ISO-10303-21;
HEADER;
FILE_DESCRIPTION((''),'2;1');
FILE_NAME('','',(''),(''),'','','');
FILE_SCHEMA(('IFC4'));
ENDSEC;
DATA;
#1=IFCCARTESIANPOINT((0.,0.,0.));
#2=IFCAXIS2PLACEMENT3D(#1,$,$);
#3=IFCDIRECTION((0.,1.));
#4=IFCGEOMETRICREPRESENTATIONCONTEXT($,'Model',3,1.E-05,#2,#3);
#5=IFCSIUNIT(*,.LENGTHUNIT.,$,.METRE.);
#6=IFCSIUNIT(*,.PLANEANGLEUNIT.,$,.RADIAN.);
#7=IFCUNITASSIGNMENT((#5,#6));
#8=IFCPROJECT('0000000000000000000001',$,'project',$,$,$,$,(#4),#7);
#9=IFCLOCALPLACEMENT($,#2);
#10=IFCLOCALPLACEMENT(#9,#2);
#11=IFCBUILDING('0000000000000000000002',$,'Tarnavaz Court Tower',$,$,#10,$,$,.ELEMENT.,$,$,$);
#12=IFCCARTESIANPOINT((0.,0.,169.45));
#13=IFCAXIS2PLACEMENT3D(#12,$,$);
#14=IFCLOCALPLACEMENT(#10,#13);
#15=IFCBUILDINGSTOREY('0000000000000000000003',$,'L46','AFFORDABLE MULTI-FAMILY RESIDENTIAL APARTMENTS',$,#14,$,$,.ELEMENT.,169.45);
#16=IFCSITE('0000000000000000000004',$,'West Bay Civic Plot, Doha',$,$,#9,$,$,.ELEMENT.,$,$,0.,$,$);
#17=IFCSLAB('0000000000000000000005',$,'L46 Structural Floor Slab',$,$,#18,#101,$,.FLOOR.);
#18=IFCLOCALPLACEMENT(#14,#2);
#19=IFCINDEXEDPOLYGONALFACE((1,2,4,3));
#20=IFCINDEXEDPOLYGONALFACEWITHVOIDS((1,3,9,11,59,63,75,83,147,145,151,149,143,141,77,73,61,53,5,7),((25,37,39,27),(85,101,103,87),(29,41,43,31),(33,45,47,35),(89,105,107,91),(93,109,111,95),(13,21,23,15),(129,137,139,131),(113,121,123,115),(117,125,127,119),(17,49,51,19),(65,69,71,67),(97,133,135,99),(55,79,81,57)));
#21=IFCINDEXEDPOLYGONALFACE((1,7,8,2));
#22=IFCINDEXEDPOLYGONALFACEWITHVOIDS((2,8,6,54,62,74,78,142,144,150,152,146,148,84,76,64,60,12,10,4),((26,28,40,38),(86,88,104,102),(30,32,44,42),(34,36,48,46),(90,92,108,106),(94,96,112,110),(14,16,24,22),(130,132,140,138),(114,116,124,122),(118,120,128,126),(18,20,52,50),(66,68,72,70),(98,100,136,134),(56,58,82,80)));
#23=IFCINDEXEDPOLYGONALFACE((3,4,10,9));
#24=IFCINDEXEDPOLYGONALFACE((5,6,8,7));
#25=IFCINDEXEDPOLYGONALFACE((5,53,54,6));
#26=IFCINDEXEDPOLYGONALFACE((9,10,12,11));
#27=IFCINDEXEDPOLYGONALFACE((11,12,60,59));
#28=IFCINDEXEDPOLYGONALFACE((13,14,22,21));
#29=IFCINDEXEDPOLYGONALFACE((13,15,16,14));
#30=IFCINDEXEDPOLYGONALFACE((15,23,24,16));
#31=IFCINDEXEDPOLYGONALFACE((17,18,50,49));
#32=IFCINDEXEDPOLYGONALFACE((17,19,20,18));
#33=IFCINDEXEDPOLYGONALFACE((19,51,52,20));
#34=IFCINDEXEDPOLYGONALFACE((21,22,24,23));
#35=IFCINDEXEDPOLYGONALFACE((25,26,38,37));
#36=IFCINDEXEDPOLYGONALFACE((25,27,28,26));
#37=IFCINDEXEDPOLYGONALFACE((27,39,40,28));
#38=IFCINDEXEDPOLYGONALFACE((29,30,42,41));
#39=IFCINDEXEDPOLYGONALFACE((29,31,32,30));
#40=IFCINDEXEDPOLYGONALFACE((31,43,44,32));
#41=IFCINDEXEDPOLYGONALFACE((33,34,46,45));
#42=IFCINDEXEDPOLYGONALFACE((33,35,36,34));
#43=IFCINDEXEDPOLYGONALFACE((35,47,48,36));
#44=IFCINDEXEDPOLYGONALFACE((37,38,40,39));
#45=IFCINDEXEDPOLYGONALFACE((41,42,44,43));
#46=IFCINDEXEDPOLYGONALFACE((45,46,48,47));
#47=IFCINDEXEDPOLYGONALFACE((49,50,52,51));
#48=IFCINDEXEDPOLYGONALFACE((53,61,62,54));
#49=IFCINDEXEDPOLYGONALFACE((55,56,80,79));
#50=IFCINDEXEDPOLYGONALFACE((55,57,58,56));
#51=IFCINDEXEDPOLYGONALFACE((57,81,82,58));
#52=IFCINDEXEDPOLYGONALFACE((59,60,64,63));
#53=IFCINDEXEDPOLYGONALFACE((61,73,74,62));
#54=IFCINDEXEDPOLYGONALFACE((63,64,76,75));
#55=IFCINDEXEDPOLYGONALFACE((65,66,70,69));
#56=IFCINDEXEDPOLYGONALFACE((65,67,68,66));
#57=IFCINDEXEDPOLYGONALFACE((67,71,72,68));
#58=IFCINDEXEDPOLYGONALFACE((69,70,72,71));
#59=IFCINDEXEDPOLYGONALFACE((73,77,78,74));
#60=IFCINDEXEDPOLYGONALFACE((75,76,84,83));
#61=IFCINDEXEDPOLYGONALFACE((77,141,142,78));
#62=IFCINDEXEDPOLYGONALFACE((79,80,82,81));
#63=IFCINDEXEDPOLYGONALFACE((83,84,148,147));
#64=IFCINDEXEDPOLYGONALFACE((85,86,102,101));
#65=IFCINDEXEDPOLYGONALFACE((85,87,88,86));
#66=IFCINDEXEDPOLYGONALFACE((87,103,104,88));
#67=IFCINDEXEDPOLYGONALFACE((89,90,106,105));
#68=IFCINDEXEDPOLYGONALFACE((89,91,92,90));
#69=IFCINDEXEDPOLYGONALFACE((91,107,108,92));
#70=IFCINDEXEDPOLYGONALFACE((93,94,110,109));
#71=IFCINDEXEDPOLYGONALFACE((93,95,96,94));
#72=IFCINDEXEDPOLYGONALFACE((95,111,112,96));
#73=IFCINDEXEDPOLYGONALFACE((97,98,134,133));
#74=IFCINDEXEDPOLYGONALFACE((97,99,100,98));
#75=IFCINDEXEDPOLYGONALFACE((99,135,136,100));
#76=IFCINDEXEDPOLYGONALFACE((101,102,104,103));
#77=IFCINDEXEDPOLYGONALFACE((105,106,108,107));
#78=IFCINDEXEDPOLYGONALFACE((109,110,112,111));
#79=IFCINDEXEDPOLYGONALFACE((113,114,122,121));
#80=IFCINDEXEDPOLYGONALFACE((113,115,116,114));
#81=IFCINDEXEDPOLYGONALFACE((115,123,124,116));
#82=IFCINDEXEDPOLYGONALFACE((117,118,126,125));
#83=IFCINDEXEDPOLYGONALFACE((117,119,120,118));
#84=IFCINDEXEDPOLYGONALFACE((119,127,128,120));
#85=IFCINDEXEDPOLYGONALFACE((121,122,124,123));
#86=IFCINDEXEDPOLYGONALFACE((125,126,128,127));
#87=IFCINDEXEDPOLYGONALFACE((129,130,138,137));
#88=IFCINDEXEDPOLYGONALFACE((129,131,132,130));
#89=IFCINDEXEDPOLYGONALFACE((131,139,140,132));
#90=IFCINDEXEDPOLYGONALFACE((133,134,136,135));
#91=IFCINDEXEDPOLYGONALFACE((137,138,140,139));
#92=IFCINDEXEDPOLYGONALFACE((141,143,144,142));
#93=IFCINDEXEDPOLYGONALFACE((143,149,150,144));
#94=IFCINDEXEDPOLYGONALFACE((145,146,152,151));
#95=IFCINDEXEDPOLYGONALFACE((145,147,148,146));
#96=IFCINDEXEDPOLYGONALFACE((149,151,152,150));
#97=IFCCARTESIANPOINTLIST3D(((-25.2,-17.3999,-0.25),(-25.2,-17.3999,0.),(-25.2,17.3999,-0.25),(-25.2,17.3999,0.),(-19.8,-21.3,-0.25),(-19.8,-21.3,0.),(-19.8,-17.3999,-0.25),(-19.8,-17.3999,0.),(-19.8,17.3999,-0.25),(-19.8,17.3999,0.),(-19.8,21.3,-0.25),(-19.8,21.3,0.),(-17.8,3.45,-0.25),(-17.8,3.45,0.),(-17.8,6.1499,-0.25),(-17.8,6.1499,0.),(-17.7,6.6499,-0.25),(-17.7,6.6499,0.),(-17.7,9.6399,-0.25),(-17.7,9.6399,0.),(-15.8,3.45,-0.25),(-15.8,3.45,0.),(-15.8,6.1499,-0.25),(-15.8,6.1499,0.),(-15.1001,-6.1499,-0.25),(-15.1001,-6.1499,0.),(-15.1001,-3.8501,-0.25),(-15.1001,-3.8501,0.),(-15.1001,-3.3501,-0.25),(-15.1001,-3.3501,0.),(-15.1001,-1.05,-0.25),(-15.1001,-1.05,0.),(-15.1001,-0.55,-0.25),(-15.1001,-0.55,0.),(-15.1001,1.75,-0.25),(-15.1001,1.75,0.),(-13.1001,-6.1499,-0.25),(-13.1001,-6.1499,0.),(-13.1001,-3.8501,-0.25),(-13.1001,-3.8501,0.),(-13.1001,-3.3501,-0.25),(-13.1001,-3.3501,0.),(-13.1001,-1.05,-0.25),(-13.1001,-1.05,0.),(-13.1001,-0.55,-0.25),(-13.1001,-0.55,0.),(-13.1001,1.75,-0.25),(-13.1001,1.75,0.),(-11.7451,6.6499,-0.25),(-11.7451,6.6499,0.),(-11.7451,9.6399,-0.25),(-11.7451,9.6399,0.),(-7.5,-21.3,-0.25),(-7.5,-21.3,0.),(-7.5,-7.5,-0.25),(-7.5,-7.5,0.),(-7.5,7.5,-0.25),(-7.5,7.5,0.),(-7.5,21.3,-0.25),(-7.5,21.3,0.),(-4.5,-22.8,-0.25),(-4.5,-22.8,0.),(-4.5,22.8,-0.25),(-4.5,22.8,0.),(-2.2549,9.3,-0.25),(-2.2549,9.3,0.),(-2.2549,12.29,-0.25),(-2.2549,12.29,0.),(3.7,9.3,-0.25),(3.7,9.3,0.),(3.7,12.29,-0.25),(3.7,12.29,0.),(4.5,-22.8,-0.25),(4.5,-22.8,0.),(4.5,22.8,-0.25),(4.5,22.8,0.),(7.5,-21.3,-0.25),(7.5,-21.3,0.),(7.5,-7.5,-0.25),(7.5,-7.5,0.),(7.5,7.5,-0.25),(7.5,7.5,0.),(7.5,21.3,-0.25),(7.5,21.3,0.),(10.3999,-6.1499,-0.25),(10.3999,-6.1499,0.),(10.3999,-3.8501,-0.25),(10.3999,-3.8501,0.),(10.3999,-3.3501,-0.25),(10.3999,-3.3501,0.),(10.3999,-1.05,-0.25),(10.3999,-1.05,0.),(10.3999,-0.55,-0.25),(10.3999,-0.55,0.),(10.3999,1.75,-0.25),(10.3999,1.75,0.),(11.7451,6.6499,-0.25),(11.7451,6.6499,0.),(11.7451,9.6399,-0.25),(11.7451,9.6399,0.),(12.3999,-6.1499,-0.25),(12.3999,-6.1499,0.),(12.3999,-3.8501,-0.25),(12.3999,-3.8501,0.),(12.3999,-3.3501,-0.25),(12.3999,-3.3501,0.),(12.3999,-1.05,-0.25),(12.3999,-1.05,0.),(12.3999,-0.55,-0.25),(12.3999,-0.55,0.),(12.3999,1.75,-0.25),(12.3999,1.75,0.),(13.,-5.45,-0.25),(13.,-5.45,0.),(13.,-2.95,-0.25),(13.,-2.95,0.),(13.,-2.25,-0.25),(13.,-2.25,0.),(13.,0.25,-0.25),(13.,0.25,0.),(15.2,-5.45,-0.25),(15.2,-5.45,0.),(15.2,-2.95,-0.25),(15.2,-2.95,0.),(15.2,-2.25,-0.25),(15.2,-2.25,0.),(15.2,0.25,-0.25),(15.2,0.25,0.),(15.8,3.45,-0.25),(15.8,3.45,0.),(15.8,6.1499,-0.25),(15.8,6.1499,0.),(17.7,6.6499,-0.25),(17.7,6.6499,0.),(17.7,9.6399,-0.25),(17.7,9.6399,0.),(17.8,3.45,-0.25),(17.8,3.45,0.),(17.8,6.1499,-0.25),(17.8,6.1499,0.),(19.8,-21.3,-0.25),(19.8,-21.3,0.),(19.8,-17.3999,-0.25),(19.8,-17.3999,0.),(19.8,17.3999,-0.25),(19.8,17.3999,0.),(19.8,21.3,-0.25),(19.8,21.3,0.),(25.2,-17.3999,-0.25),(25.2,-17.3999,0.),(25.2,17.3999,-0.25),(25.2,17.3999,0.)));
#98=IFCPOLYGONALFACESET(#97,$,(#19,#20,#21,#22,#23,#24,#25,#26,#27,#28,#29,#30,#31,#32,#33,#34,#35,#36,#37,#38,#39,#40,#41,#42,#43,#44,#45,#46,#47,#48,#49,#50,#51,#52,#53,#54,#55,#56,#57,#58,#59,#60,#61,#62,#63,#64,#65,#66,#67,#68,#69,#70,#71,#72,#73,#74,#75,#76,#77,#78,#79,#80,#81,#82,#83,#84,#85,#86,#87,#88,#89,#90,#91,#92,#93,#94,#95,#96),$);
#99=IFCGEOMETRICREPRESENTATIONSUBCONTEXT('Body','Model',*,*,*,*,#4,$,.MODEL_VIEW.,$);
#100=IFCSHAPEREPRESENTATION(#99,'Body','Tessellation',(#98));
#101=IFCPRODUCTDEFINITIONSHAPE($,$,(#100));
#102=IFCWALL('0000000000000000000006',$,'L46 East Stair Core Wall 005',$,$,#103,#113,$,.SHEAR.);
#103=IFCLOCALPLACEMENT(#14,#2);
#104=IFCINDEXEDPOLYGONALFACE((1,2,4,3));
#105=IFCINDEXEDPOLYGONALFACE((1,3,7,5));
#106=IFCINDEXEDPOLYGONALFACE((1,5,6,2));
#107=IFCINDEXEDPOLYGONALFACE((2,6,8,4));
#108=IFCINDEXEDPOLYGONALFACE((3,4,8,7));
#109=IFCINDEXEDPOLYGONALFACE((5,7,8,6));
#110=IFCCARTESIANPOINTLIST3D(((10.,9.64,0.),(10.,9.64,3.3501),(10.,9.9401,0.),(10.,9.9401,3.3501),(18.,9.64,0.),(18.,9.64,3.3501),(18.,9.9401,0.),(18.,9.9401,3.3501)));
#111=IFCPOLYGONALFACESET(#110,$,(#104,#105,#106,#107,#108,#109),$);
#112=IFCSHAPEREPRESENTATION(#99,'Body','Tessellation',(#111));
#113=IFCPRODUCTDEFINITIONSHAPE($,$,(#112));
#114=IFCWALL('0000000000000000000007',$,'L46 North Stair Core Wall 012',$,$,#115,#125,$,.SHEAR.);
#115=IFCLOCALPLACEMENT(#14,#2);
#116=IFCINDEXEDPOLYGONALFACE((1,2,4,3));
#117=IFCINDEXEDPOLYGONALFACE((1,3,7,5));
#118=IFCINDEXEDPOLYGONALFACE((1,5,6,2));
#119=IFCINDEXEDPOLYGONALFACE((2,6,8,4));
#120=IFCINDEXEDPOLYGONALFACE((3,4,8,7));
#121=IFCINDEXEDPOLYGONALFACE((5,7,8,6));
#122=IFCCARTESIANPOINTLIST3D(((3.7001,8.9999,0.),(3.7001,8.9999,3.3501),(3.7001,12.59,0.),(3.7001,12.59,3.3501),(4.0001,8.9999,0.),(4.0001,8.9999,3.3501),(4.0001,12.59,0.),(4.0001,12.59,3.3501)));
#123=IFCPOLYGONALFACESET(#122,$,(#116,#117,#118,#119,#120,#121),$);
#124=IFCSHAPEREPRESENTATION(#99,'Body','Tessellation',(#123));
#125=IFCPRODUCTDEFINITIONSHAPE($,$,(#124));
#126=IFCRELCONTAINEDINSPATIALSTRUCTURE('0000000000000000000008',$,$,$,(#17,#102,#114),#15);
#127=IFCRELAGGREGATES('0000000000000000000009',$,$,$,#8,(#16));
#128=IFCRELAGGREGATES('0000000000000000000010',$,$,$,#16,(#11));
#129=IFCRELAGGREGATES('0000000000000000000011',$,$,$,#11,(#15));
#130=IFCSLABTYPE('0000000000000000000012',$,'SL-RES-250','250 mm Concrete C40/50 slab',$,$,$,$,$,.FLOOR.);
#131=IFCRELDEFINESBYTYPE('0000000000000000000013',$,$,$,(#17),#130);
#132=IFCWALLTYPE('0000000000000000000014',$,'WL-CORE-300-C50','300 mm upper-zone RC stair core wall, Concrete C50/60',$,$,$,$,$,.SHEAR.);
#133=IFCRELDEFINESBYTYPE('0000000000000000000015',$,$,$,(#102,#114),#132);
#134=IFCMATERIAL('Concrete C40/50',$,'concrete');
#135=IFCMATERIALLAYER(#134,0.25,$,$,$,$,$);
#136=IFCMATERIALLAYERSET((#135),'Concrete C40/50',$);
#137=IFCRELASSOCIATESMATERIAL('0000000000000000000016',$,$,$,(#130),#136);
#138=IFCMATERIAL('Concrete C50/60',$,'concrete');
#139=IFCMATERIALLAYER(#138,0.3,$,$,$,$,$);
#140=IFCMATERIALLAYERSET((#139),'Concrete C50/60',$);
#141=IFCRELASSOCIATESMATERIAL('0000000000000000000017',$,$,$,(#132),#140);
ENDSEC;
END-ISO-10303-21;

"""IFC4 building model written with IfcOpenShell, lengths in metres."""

from ifc_helpers import new_model, si_unit, direction, frame, frame_2d, origin, place, context, subcontext, project, spatial, polyline, rectangle, outline, extrude, material, layer, layer_set, type_object, element, save


model = new_model("IFC4")

# Units and contexts
model_context = context("Model", 3, precision=1e-05, world=origin(), true_north=direction((0.0, 1.0)))
body_context = subcontext(model_context, "Body", "Model", "MODEL_VIEW")
ifc_project = project(units=[si_unit("LENGTHUNIT", "METRE"), si_unit("PLANEANGLEUNIT", "RADIAN")], contexts=[model_context])

# Site, building, storey
site_placement = place(None, origin())
site = spatial("IfcSite", under=ifc_project, at=site_placement, Name="West Bay Civic Plot, Doha", CompositionType="ELEMENT", RefElevation=0.0)
building_placement = place(site_placement, origin())
building = spatial("IfcBuilding", under=site, at=building_placement, Name="Tarnavaz Court Tower", CompositionType="ELEMENT")
storey_placement = place(building_placement, frame((0.0, 0.0, 169.45)))
storey = spatial("IfcBuildingStorey", under=building, at=storey_placement, Name="L46", Description="AFFORDABLE MULTI-FAMILY RESIDENTIAL APARTMENTS", CompositionType="ELEMENT", Elevation=169.45)

# Shared definitions
ifc_material_1 = material(Name="Concrete C40/50", Category="concrete")

# Slab
ifc_layer_1 = layer(ifc_material_1, 0.25)
ifc_layer_set_1 = layer_set([ifc_layer_1], Name="Concrete C40/50")
slab_type_1 = type_object("IfcSlabType", Name="SL-RES-250", Description="250 mm Concrete C40/50 slab", PredefinedType="FLOOR", material=ifc_layer_set_1)
slab_1_placement = place(storey_placement, frame((0.0, 0.0, -0.25)))
element("IfcSlab", 1, at=slab_1_placement, inside=storey, type_object=slab_type_1, Name="L46 Structural Floor Slab", PredefinedType="FLOOR", context=body_context, shape_type="SweptSolid", body=[
    extrude(outline(polyline([(-19.8, -21.3), (-7.5, -21.3), (-4.5, -22.8), (4.5, -22.8), (7.5, -21.3), (19.8, -21.3), (19.8, -17.3999), (25.2, -17.3999), (25.2, 17.3999), (19.8, 17.3999), (19.8, 21.3), (7.5, 21.3), (4.5, 22.8), (-4.5, 22.8), (-7.5, 21.3), (-19.8, 21.3), (-19.8, 17.3999), (-25.2, 17.3999), (-25.2, -17.3999), (-19.8, -17.3999), (-19.8, -21.3)]), holes=[polyline([(-7.5, -7.5), (7.5, -7.5), (7.5, 7.5), (-7.5, 7.5), (-7.5, -7.5)]), polyline([(-11.7451, 9.6399), (-17.7, 9.6399), (-17.7, 6.6499), (-11.7451, 6.6499), (-11.7451, 9.6399)]), polyline([(11.7451, 6.6499), (17.7, 6.6499), (17.7, 9.6399), (11.7451, 9.6399), (11.7451, 6.6499)]), polyline([(-2.2549, 9.3), (3.7, 9.3), (3.7, 12.29), (-2.2549, 12.29), (-2.2549, 9.3)]), polyline([(-17.8, 3.45), (-15.8, 3.45), (-15.8, 6.1499), (-17.8, 6.1499), (-17.8, 3.45)]), polyline([(-15.1001, -6.1499), (-13.1001, -6.1499), (-13.1001, -3.8501), (-15.1001, -3.8501), (-15.1001, -6.1499)]), polyline([(-15.1001, -3.3501), (-13.1001, -3.3501), (-13.1001, -1.05), (-15.1001, -1.05), (-15.1001, -3.3501)]), polyline([(-15.1001, -0.55), (-13.1001, -0.55), (-13.1001, 1.75), (-15.1001, 1.75), (-15.1001, -0.55)]), polyline([(15.8, 3.45), (17.8, 3.45), (17.8, 6.1499), (15.8, 6.1499), (15.8, 3.45)]), polyline([(10.3999, -6.1499), (12.3999, -6.1499), (12.3999, -3.8501), (10.3999, -3.8501), (10.3999, -6.1499)]), polyline([(10.3999, -3.3501), (12.3999, -3.3501), (12.3999, -1.05), (10.3999, -1.05), (10.3999, -3.3501)]), polyline([(10.3999, -0.55), (12.3999, -0.55), (12.3999, 1.75), (10.3999, 1.75), (10.3999, -0.55)]), polyline([(13.0, -5.45), (15.2, -5.45), (15.2, -2.95), (13.0, -2.95), (13.0, -5.45)]), polyline([(13.0, -2.25), (15.2, -2.25), (15.2, 0.25), (13.0, 0.25), (13.0, -2.25)])]), origin(), (0.0, 0.0, 1.0), 0.25),
])

# Wall
ifc_material_2 = material(Name="Concrete C50/60", Category="concrete")
ifc_layer_2 = layer(ifc_material_2, 0.3)
ifc_layer_set_2 = layer_set([ifc_layer_2], Name="Concrete C50/60")
wall_type_1 = type_object("IfcWallType", Name="WL-CORE-300-C50", Description="300 mm upper-zone RC stair core wall, Concrete C50/60", PredefinedType="SHEAR", material=ifc_layer_set_2)
wall_1_placement = place(storey_placement, frame((10.0, 9.79, 0.0), z_axis=(0.0, 0.0, 1.0), x_axis=(1.0, 0.0, 0.0)))
element("IfcWall", 2, at=wall_1_placement, inside=storey, type_object=wall_type_1, Name="L46 East Stair Core Wall 005", PredefinedType="SHEAR", context=body_context, shape_type="SweptSolid", body=[
    extrude(rectangle(XDim=8.0, YDim=0.3, at=frame_2d((4.0, 0.0))), origin(), (0.0, 0.0, 1.0), 3.3501),
])

# Wall
wall_2_placement = place(storey_placement, frame((3.8501, 9.0, 0.0), z_axis=(0.0, 0.0, 1.0), x_axis=(0.0, 1.0, 0.0)))
element("IfcWall", 3, at=wall_2_placement, inside=storey, type_object=wall_type_1, Name="L46 North Stair Core Wall 012", PredefinedType="SHEAR", context=body_context, shape_type="SweptSolid", body=[
    extrude(rectangle(XDim=3.5901, YDim=0.3, at=frame_2d((1.7949, 0.0))), origin(), (0.0, 0.0, 1.0), 3.3501),
])

save(model, "model.ifc")
